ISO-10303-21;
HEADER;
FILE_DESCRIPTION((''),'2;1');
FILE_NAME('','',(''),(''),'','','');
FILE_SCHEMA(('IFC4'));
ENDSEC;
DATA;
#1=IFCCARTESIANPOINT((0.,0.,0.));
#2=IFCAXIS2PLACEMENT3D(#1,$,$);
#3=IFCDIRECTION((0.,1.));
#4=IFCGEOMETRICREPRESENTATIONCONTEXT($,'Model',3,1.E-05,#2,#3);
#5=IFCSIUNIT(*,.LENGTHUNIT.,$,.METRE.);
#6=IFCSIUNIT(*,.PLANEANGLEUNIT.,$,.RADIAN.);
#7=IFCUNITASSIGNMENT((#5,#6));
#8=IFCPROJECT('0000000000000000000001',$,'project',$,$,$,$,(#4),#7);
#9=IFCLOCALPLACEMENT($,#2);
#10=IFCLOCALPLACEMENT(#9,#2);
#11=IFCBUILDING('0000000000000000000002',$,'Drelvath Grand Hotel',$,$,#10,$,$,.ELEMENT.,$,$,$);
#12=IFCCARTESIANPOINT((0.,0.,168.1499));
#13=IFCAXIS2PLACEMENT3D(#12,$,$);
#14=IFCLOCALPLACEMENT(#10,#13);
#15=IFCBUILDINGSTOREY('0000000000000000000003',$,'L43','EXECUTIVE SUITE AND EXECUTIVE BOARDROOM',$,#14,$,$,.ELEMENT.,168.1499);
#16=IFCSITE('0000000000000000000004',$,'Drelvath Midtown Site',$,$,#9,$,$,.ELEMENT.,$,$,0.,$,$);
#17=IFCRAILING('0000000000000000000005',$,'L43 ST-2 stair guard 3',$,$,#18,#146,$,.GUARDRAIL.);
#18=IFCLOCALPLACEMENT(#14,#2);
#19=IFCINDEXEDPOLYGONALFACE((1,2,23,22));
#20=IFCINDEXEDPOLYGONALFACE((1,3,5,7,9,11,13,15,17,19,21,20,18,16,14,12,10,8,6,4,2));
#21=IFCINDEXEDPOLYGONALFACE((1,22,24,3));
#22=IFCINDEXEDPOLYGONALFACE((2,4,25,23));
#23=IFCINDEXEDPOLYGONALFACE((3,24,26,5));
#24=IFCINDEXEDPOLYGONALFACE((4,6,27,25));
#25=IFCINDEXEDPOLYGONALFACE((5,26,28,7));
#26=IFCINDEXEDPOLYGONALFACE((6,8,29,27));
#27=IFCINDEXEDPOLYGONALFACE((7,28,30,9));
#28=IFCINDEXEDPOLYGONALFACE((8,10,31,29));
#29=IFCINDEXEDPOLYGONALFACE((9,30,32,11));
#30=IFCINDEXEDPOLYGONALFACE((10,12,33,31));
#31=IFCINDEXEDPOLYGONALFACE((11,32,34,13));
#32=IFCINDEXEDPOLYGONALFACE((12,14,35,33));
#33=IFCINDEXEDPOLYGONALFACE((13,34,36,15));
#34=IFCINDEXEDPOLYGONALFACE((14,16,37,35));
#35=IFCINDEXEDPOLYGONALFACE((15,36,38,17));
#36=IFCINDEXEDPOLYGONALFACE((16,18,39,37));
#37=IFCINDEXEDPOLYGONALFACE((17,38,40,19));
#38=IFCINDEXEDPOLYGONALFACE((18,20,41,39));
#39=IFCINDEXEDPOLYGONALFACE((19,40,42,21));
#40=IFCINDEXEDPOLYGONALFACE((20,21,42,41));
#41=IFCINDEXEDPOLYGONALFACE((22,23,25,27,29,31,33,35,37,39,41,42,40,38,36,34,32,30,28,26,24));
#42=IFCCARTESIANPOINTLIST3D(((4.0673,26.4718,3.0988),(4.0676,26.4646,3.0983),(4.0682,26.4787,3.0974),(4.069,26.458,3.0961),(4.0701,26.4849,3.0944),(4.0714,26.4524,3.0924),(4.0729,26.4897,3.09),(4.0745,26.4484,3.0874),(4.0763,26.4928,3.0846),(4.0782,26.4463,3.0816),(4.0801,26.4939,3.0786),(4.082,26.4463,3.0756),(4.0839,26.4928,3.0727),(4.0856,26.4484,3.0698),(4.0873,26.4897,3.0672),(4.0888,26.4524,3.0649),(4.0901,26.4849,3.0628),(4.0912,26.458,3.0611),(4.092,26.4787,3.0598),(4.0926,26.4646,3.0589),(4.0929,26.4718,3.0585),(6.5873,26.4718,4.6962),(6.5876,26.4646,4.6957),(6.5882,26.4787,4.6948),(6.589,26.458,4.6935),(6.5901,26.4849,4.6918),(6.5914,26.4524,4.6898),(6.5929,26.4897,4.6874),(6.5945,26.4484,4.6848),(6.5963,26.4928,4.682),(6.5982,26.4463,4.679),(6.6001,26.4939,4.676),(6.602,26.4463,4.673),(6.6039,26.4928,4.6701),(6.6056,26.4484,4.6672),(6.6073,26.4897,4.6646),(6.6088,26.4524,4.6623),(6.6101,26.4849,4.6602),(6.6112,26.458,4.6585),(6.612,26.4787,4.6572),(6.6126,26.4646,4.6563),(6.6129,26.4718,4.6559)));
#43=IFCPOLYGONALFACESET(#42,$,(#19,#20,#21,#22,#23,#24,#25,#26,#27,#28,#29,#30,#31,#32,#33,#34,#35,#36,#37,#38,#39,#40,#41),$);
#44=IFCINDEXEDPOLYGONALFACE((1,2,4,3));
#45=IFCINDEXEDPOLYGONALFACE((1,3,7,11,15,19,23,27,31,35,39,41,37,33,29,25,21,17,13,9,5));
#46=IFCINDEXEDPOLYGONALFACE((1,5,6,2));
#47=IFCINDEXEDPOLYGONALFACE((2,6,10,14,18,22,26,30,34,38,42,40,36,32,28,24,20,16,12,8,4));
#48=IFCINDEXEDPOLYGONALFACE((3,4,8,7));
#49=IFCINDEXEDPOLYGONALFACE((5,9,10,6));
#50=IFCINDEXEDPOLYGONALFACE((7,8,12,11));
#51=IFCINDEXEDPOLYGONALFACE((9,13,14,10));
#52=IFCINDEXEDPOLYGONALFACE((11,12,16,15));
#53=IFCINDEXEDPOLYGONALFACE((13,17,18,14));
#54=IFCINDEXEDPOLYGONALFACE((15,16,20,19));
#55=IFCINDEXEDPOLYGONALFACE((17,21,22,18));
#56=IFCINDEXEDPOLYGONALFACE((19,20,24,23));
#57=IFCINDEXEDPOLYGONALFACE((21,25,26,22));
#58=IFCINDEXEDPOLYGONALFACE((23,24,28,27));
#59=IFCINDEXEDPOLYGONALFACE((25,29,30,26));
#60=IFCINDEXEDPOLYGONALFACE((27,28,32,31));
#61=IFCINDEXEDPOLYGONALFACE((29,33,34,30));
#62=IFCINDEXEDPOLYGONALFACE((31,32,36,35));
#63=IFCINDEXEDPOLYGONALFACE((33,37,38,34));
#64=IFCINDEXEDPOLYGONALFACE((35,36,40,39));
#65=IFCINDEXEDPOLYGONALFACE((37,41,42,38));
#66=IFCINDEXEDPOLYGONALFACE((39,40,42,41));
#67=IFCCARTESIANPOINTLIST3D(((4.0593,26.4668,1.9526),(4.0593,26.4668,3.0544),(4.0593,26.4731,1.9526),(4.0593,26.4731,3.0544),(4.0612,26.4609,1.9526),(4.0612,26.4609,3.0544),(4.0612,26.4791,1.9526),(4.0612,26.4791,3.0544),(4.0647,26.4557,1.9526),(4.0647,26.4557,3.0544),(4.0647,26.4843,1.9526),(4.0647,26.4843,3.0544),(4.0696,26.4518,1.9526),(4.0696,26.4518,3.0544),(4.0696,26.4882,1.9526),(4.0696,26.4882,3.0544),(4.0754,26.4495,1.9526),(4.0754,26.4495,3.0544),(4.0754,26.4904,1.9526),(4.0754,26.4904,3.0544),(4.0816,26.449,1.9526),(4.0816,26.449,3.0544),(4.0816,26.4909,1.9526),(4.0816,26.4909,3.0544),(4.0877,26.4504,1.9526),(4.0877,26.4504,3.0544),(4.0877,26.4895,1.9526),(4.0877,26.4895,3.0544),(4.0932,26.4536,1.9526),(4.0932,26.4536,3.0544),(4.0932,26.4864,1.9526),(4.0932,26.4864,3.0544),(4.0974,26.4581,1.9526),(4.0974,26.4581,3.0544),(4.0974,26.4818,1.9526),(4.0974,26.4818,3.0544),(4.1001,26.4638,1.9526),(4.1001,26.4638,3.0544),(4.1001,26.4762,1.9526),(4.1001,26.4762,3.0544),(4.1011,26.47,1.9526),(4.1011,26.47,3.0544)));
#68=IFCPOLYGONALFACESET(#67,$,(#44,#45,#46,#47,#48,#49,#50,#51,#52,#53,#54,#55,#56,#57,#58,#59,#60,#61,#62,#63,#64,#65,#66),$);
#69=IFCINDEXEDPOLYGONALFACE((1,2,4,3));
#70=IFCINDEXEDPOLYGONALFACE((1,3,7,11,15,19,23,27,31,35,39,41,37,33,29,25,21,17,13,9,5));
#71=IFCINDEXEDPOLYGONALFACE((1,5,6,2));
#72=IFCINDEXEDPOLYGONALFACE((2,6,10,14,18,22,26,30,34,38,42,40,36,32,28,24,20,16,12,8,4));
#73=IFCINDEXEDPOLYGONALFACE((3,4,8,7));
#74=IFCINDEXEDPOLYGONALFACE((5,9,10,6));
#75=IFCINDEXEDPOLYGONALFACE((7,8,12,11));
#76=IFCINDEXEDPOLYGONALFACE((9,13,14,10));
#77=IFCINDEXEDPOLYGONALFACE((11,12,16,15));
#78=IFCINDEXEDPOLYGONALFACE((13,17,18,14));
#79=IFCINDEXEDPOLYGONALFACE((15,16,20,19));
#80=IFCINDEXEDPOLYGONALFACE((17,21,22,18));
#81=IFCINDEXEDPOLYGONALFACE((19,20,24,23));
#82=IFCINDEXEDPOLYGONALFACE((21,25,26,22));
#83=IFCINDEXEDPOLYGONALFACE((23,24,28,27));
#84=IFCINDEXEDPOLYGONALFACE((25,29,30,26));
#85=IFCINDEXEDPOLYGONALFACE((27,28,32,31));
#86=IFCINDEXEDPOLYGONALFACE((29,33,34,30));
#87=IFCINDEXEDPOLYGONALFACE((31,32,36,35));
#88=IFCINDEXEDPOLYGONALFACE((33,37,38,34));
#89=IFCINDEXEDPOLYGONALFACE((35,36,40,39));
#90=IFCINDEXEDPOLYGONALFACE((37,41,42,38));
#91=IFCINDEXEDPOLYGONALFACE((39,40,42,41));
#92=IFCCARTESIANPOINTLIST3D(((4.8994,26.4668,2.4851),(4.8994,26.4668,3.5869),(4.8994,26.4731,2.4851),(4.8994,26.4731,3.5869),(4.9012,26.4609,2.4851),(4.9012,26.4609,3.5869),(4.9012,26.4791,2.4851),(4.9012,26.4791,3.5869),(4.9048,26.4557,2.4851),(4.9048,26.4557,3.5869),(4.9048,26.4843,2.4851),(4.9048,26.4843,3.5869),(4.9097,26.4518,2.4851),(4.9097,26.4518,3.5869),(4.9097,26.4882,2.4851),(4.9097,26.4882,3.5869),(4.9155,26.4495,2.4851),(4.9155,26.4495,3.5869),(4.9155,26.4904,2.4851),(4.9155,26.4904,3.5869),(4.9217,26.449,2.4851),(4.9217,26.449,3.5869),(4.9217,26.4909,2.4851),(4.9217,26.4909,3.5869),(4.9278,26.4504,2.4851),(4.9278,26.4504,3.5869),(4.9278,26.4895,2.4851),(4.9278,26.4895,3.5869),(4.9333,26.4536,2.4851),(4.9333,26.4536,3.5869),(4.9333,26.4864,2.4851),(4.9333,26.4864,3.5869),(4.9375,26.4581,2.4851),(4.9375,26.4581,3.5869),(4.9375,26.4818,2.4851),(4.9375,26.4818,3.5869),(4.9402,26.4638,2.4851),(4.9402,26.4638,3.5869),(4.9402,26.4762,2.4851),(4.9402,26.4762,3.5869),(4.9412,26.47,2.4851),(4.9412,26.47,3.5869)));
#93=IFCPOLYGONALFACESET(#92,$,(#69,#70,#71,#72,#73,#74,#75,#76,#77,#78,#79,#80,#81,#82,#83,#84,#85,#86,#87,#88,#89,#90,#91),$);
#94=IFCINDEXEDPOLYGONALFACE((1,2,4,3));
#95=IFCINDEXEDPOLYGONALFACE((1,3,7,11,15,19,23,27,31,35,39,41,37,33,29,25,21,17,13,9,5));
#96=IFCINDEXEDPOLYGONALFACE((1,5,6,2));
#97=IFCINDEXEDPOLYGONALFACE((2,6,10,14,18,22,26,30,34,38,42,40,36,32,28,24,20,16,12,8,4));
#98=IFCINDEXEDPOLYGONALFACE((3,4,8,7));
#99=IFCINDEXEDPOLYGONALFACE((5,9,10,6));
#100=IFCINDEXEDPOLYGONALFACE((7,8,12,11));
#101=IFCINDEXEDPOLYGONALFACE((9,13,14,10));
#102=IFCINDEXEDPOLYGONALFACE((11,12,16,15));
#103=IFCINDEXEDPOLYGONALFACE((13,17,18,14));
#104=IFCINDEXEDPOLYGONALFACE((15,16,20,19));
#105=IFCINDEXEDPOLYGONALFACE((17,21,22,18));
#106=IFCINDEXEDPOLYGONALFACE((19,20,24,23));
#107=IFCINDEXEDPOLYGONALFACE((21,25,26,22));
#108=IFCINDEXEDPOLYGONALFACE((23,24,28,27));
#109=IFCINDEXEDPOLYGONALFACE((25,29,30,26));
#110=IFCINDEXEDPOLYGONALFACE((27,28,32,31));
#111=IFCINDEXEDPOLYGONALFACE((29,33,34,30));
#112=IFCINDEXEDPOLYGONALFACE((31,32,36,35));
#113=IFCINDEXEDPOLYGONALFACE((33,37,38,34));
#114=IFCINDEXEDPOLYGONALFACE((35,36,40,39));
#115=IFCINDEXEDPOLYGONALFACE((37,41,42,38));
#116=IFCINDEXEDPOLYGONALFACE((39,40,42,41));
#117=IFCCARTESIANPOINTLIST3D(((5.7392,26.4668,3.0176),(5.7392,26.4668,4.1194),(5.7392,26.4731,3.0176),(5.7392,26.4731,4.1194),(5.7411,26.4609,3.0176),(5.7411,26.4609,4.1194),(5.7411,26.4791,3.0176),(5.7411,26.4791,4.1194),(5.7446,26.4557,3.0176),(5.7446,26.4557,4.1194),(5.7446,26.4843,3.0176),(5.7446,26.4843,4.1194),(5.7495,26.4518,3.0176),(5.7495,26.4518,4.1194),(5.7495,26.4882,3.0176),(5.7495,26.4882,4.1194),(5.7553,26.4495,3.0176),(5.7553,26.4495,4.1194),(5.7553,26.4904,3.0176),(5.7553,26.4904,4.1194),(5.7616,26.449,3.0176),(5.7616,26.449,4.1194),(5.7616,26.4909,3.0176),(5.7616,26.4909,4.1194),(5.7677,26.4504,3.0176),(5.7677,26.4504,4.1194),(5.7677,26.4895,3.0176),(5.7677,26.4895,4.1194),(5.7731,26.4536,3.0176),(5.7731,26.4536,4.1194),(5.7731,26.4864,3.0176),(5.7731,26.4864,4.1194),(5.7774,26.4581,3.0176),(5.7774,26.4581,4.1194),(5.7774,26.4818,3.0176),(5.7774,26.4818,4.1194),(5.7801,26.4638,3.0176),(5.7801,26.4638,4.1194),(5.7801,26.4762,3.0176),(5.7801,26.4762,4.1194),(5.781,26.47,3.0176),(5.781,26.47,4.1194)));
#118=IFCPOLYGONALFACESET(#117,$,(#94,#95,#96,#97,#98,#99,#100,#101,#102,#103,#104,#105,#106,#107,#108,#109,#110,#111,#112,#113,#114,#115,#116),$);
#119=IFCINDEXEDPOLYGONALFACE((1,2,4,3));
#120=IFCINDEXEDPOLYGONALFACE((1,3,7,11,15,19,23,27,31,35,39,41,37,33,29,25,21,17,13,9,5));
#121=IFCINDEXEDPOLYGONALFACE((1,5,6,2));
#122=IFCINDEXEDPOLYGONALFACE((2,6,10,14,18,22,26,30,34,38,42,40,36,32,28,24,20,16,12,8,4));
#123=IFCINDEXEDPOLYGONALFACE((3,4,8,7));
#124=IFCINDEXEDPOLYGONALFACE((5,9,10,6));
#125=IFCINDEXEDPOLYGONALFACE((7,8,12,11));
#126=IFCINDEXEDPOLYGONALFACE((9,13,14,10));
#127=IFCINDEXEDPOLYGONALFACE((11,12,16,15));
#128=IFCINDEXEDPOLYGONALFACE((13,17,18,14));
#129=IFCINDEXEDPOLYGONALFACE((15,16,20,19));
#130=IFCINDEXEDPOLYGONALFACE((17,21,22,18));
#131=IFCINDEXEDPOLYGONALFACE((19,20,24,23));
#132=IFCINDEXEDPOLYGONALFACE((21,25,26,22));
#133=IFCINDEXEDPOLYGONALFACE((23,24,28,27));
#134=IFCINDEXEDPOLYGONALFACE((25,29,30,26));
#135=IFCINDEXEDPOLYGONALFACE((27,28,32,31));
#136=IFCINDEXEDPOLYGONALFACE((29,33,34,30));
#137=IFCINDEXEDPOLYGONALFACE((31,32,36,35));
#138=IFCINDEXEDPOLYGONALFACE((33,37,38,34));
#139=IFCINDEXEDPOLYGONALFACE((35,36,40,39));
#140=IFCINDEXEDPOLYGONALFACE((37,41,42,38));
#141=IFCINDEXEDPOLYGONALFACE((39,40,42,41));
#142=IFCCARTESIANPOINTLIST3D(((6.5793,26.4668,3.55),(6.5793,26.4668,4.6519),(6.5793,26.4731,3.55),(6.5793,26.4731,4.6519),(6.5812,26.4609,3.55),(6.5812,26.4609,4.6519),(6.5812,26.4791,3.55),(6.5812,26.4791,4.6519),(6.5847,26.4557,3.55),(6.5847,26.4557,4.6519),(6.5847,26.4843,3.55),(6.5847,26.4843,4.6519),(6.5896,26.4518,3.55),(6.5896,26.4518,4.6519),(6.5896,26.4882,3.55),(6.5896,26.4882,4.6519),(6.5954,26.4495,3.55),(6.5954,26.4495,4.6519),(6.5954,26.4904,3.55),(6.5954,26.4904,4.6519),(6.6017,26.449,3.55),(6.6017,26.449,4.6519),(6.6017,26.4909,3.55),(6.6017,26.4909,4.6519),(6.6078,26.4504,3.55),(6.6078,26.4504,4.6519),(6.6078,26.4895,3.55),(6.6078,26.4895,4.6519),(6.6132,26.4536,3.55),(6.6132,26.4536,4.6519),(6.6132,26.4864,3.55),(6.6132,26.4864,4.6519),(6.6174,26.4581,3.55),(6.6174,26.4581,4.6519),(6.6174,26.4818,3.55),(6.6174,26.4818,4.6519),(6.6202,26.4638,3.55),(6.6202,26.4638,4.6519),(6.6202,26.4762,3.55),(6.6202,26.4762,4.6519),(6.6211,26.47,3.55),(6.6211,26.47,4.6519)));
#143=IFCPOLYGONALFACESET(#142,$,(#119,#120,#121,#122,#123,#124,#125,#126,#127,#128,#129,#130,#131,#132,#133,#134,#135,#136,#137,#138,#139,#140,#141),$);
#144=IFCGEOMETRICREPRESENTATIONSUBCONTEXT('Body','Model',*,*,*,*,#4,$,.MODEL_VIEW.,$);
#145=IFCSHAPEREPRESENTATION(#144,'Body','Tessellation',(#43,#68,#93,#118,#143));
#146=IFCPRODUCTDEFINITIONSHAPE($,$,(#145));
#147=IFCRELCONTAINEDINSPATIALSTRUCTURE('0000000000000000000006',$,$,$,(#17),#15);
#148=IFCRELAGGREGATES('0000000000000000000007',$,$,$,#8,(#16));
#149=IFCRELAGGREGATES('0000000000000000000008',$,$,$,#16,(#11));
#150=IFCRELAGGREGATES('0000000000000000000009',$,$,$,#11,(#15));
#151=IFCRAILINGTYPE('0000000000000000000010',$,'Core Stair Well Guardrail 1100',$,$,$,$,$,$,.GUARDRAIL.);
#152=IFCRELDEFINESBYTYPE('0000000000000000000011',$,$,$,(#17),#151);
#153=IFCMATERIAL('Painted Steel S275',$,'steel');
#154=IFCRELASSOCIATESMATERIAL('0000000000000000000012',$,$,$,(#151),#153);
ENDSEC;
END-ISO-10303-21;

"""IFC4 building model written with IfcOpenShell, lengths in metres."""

from ifc_helpers import new_model, si_unit, direction, frame, origin, origin_2d, place, context, subcontext, project, spatial, circle, extrude, material, type_object, element, save


model = new_model("IFC4")

# Units and contexts
model_context = context("Model", 3, precision=1e-05, world=origin(), true_north=direction((0.0, 1.0)))
body_context = subcontext(model_context, "Body", "Model", "MODEL_VIEW")
ifc_project = project(units=[si_unit("LENGTHUNIT", "METRE"), si_unit("PLANEANGLEUNIT", "RADIAN")], contexts=[model_context])

# Site, building, storey
site_placement = place(None, origin())
site = spatial("IfcSite", under=ifc_project, at=site_placement, Name="Drelvath Midtown Site", CompositionType="ELEMENT", RefElevation=0.0)
building_placement = place(site_placement, origin())
building = spatial("IfcBuilding", under=site, at=building_placement, Name="Drelvath Grand Hotel", CompositionType="ELEMENT")
storey_placement = place(building_placement, frame((0.0, 0.0, 168.1499)))
storey = spatial("IfcBuildingStorey", under=building, at=storey_placement, Name="L43", Description="EXECUTIVE SUITE AND EXECUTIVE BOARDROOM", CompositionType="ELEMENT", Elevation=168.1499)

# Railing
ifc_material_1 = material(Name="Painted Steel S275", Category="steel")
railing_type_1 = type_object("IfcRailingType", Name="Core Stair Well Guardrail 1100", PredefinedType="GUARDRAIL", material=ifc_material_1)
railing_1_placement = place(storey_placement, frame((4.0801, 26.47, 1.9526)))
element("IfcRailing", 1, at=railing_1_placement, inside=storey, type_object=railing_type_1, Name="L43 ST-2 stair guard 3", PredefinedType="GUARDRAIL", context=body_context, shape_type="SweptSolid", body=[
    extrude(circle(Radius=0.0239, at=origin_2d()), frame((0.0, 0.0, 1.126), z_axis=(0.844607, 0.0, 0.535387), x_axis=(0.0, 1.0, 0.0)), (0.0, 0.0, 1.0), 2.9836),
    extrude(circle(Radius=0.021, at=origin_2d()), origin(), (0.0, 0.0, 1.0), 1.1018),
    extrude(circle(Radius=0.021, at=origin_2d()), frame((0.8401, 0.0, 0.5325)), (0.0, 0.0, 1.0), 1.1018),
    extrude(circle(Radius=0.021, at=origin_2d()), frame((1.6799, 0.0, 1.0649)), (0.0, 0.0, 1.0), 1.1018),
    extrude(circle(Radius=0.021, at=origin_2d()), frame((2.52, 0.0, 1.5974)), (0.0, 0.0, 1.0), 1.1018),
])

save(model, "model.ifc")
